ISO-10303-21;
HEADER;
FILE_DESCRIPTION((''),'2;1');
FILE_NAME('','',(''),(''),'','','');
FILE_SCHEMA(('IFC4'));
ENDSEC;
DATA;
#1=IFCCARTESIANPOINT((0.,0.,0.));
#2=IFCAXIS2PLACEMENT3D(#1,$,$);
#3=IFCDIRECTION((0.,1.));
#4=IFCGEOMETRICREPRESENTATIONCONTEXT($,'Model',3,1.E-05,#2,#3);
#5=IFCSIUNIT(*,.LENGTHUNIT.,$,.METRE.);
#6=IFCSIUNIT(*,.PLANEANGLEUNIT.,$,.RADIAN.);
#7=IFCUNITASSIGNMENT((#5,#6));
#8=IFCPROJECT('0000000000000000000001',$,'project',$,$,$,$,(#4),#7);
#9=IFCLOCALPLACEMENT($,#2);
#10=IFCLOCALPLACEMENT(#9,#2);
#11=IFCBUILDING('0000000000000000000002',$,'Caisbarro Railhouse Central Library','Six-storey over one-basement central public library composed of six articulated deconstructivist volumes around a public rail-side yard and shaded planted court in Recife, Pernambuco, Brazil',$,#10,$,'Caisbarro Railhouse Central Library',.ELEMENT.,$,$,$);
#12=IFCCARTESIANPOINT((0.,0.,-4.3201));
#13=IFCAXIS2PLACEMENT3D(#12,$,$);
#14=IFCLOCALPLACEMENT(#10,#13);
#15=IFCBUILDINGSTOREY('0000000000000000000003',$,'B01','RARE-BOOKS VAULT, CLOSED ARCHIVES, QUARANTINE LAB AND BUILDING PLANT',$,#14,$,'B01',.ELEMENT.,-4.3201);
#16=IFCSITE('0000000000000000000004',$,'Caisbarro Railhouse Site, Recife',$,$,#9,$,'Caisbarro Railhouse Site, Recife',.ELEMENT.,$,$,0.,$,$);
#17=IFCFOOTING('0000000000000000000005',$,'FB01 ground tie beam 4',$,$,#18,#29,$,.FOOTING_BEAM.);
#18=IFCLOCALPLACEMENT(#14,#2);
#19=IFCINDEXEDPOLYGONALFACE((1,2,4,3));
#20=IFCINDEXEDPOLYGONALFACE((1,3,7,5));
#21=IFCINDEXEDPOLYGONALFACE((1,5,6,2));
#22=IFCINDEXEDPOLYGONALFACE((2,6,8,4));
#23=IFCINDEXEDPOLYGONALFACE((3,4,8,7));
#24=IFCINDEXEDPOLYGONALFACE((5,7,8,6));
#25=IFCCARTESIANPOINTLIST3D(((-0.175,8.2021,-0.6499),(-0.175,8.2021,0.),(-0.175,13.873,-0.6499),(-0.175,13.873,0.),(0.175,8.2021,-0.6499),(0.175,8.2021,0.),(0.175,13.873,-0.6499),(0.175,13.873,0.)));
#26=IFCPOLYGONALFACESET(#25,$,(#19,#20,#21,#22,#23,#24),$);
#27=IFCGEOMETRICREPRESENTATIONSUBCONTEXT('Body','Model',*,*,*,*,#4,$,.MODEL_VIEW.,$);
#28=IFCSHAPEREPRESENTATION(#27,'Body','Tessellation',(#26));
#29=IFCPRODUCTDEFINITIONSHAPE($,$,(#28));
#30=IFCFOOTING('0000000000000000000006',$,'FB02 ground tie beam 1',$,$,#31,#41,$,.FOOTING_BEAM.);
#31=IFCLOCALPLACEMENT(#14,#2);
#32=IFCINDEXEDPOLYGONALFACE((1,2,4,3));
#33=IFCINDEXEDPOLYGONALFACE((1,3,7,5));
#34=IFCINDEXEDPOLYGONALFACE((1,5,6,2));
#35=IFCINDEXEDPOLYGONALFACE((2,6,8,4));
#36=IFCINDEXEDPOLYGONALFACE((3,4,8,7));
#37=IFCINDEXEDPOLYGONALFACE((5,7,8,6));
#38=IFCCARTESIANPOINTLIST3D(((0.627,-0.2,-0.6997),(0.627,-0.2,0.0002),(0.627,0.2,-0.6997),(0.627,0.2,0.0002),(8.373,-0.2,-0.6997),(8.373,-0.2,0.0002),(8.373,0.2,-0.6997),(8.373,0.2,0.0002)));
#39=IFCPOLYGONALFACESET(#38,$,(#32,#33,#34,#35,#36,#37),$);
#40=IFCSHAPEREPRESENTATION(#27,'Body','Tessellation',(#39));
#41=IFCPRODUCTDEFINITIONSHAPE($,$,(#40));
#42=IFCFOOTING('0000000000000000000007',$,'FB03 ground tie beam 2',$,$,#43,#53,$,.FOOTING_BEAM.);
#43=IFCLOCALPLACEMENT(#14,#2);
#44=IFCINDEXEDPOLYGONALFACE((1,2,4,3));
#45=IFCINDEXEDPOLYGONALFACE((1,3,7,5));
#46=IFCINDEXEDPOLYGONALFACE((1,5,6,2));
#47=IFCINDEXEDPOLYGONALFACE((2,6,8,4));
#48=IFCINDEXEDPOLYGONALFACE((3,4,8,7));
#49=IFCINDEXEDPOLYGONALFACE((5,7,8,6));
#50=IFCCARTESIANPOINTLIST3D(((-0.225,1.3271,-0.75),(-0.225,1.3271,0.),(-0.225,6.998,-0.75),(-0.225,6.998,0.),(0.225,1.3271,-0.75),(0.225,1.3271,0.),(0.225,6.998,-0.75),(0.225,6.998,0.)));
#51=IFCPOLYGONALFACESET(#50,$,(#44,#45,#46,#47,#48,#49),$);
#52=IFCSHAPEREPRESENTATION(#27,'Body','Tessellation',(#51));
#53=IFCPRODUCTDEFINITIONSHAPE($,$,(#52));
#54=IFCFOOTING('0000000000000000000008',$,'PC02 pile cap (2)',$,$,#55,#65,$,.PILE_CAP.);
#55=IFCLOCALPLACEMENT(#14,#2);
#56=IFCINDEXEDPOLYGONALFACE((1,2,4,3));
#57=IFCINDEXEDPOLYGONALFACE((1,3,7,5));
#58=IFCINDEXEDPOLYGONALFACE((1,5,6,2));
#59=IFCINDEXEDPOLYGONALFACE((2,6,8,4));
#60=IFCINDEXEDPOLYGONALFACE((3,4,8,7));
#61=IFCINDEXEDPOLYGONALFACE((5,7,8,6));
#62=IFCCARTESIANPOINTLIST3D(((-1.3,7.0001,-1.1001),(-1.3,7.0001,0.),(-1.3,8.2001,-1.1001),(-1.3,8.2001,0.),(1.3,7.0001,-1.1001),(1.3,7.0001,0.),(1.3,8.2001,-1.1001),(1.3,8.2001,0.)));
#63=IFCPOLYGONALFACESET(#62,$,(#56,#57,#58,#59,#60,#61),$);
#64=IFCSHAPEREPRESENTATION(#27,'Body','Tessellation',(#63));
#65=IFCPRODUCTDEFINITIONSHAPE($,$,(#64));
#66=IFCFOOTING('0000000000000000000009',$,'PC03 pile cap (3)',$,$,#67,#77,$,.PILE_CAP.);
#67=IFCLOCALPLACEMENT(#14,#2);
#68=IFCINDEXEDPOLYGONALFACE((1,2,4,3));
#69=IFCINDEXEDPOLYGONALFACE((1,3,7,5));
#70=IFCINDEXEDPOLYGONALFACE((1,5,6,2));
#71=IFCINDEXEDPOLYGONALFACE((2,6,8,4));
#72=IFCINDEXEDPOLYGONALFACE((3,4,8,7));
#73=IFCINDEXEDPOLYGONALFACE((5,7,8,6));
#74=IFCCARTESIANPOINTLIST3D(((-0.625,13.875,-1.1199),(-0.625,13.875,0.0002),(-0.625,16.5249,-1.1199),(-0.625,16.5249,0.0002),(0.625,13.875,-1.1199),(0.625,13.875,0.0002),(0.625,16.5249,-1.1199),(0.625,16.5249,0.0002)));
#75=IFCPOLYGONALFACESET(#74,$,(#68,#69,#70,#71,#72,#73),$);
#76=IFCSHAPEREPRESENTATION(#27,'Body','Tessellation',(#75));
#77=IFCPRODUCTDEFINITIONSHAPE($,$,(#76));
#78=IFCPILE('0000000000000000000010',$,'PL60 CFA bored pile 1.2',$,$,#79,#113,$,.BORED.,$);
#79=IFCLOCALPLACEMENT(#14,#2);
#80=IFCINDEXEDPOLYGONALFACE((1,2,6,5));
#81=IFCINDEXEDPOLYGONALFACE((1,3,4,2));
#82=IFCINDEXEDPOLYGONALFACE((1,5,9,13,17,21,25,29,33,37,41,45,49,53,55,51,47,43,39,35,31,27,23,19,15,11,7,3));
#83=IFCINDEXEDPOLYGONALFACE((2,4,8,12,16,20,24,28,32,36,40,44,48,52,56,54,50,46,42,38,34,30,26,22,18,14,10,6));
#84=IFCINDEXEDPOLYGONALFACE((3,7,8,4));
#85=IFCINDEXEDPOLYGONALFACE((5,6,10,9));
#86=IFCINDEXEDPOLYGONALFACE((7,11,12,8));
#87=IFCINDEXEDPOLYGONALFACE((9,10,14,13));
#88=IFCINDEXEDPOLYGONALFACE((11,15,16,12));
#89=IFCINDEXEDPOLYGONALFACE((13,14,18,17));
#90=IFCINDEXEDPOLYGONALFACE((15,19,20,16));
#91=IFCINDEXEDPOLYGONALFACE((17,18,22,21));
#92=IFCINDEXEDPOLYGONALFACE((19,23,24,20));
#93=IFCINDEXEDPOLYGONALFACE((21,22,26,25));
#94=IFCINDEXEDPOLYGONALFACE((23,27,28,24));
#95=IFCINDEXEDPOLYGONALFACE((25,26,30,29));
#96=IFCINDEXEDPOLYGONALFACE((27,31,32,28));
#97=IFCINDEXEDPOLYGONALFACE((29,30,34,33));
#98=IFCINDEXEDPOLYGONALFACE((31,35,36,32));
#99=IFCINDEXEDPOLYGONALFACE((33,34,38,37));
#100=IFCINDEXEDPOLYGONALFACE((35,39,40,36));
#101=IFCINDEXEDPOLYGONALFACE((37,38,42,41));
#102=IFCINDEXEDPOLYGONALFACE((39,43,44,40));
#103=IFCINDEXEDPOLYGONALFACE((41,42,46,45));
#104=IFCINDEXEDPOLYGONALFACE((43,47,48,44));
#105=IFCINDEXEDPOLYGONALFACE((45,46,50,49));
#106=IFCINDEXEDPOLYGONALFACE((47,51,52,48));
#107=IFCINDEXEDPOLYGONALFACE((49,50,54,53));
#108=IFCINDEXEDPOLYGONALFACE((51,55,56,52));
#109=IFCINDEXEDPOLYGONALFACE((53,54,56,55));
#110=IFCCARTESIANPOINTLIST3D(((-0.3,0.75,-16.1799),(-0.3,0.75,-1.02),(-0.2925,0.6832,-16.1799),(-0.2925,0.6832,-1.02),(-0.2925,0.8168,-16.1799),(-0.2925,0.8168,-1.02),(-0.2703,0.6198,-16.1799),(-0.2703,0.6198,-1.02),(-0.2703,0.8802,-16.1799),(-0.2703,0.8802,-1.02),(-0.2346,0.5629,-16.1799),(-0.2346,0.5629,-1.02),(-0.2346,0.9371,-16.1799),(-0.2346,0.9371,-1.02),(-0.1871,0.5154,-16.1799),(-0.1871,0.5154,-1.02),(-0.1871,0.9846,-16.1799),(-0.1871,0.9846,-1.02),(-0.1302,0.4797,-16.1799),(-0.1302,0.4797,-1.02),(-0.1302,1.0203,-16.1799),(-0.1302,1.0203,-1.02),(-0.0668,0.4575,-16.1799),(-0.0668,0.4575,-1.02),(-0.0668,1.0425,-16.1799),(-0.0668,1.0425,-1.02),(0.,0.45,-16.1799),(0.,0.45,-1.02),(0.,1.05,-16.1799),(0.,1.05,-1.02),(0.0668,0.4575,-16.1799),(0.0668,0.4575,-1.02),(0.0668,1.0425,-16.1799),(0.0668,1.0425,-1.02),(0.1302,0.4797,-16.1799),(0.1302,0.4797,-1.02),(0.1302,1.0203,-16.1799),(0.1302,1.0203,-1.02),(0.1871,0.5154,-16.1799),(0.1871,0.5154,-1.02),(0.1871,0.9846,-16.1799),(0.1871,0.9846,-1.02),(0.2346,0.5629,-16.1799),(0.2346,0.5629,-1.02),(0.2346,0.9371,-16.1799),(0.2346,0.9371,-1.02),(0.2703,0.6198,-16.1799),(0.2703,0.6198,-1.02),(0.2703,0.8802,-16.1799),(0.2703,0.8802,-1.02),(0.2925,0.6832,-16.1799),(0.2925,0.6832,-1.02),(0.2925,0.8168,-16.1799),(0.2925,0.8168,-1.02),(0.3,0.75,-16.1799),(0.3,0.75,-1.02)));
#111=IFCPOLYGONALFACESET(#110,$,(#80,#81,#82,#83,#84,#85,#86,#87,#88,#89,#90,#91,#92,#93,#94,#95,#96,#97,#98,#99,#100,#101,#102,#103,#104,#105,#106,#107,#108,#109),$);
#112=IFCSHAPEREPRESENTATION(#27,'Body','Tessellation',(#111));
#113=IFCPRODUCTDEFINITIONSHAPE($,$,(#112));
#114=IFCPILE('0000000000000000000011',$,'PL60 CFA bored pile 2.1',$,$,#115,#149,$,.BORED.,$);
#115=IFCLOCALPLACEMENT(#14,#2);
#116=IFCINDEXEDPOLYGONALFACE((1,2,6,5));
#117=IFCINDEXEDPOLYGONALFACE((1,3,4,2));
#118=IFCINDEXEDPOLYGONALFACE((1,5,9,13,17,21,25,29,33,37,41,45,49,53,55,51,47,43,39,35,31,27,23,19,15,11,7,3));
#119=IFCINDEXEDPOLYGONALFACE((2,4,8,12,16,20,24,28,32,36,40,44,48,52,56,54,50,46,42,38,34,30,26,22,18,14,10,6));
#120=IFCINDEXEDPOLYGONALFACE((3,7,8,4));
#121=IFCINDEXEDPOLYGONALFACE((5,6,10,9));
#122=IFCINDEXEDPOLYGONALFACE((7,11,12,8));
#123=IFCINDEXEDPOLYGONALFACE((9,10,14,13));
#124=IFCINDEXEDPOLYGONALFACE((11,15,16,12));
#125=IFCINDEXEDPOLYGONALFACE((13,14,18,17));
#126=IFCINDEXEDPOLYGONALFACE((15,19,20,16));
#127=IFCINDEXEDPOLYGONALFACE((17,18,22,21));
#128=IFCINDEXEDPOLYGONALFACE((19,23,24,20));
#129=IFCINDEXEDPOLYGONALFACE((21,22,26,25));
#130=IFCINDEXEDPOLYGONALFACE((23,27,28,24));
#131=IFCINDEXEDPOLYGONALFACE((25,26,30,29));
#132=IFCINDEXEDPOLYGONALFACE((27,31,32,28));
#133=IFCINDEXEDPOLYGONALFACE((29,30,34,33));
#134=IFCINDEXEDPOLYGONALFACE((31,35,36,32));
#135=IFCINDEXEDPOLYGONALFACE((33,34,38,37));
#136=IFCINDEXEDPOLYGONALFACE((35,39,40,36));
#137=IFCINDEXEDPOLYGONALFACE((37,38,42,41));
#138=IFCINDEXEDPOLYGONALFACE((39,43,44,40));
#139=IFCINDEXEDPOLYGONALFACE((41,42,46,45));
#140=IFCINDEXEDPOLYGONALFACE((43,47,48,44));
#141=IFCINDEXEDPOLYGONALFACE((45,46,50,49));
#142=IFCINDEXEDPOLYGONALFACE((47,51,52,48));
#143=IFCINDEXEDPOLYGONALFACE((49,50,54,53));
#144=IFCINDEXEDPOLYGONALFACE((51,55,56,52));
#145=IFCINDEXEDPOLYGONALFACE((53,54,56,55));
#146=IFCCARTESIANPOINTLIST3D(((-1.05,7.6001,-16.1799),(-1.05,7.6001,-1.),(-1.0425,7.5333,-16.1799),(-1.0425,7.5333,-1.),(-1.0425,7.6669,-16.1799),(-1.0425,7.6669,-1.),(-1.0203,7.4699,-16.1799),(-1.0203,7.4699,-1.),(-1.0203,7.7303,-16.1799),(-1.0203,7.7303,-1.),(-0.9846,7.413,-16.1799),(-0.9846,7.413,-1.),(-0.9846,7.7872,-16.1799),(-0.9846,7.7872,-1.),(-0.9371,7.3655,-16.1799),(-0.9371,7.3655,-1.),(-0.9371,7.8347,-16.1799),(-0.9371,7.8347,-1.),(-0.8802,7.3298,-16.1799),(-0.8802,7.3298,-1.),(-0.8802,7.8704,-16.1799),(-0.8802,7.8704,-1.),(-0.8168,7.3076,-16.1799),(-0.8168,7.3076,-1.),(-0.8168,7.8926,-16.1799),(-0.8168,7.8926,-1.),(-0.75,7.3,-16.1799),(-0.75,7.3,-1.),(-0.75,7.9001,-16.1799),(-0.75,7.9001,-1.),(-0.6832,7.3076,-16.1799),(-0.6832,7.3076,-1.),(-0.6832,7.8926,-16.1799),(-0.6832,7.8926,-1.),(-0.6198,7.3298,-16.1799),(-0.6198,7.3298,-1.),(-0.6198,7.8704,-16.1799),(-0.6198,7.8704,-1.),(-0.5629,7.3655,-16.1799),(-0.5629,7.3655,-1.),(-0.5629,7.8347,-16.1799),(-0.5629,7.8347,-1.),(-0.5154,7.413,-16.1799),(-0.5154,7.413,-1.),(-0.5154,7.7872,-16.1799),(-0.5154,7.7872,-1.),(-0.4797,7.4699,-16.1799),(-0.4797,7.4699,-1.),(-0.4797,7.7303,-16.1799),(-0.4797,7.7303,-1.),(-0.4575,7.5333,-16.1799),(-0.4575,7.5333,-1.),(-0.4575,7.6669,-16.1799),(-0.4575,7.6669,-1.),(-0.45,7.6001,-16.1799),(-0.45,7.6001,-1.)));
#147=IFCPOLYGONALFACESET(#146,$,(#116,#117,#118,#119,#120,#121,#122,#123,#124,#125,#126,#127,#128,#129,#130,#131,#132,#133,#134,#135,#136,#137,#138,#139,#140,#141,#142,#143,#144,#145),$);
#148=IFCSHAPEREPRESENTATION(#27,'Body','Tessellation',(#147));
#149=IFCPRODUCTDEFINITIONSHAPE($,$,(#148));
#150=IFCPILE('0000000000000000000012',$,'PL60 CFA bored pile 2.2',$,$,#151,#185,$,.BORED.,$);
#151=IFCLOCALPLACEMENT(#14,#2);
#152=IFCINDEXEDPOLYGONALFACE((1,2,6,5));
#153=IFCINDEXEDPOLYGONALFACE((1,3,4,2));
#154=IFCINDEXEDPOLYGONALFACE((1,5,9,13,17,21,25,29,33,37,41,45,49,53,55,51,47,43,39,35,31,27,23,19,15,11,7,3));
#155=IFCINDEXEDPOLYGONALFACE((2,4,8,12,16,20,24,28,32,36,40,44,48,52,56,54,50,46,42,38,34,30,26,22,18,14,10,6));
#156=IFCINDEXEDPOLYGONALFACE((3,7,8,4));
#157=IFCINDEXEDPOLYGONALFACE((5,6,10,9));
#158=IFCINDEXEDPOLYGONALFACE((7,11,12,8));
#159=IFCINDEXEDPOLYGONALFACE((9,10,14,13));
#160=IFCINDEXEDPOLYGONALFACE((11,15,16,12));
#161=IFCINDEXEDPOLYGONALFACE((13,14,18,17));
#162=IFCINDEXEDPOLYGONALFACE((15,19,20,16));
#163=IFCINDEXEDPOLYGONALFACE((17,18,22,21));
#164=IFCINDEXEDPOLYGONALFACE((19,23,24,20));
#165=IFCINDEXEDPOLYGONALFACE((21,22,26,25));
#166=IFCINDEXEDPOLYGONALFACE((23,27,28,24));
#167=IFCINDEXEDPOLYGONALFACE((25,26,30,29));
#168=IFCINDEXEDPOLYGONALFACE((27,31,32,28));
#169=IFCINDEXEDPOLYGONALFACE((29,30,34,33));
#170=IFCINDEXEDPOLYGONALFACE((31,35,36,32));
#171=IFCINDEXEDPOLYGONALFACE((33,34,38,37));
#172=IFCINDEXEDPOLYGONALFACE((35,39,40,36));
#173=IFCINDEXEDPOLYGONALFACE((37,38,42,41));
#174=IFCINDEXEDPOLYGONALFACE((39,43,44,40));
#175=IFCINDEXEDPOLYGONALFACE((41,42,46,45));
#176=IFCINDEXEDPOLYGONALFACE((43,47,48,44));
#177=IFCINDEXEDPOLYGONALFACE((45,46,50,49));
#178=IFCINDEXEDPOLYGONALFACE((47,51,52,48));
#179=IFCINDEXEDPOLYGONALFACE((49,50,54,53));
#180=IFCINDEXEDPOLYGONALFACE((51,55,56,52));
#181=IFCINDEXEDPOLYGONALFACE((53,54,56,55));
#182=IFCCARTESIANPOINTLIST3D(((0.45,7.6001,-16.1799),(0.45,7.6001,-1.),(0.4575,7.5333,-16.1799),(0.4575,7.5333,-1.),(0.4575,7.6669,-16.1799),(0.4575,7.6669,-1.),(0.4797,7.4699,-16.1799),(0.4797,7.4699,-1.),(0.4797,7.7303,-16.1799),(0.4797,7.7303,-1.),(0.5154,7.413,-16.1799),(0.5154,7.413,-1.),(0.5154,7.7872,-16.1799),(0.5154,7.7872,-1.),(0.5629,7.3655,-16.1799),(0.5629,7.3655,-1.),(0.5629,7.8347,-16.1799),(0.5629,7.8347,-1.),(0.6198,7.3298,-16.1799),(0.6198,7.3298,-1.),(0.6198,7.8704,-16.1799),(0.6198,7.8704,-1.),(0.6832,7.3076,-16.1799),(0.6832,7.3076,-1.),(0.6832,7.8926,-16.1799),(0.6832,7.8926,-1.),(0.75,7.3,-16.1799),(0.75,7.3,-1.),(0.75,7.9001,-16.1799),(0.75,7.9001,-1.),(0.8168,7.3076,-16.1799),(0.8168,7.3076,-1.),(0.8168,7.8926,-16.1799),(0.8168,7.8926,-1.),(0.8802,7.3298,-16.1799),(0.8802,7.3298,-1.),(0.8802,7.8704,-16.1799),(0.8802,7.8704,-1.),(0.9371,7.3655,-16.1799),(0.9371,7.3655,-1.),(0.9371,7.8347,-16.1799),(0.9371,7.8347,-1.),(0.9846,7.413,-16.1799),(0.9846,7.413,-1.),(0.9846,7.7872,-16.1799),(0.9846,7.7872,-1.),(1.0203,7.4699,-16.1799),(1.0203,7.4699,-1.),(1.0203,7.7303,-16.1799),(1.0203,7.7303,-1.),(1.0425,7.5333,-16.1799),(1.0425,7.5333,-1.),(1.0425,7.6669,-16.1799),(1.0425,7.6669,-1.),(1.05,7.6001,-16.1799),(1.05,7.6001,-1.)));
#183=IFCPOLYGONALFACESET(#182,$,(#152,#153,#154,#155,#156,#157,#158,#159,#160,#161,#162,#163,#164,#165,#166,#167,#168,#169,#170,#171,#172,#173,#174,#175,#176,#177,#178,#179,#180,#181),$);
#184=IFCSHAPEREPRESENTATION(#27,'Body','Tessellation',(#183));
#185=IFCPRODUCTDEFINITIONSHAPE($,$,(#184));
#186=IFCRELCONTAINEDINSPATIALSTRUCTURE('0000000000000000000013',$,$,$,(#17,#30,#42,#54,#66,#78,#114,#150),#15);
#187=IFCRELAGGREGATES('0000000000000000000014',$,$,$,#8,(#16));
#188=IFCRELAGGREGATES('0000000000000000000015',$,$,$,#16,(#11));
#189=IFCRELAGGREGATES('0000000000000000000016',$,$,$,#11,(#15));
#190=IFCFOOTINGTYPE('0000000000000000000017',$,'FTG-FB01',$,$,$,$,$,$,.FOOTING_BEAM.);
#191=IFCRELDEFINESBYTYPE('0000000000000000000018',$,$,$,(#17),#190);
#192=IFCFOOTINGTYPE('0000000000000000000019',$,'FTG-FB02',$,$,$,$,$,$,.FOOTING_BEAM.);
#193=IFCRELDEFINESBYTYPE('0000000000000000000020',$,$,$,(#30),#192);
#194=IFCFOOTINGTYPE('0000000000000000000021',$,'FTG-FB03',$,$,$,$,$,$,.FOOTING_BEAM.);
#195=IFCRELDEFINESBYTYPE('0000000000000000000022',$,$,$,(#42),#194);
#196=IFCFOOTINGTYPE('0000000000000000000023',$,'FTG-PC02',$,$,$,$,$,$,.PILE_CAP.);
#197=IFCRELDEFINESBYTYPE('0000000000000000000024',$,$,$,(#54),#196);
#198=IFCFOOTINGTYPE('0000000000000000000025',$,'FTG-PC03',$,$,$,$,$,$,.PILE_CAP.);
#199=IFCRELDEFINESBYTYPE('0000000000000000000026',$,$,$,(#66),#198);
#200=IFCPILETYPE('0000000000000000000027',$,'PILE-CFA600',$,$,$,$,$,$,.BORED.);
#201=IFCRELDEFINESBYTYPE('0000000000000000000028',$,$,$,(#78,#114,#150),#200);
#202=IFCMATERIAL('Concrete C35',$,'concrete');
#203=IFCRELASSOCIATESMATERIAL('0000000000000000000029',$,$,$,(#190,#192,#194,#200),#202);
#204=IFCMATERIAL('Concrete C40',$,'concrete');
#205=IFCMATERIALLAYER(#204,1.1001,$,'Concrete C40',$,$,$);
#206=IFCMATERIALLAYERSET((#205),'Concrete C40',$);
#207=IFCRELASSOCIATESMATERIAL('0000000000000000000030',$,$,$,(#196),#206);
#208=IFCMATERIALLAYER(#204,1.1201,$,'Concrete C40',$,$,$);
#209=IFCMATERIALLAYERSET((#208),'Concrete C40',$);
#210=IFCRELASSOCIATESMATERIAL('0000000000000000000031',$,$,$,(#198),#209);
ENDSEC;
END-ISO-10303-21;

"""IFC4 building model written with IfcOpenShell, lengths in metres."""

from ifc_helpers import new_model, si_unit, direction, frame, origin, origin_2d, place, context, subcontext, project, spatial, rectangle, circle, extrude, material, layer, layer_set, material_profile, profile_set, type_object, element, save


model = new_model("IFC4")

# Units and contexts
model_context = context("Model", 3, precision=1e-05, world=origin(), true_north=direction((0.0, 1.0)))
body_context = subcontext(model_context, "Body", "Model", "MODEL_VIEW")
ifc_project = project(units=[si_unit("LENGTHUNIT", "METRE"), si_unit("PLANEANGLEUNIT", "RADIAN")], contexts=[model_context])

# Site, building, storey
site_placement = place(None, origin())
site = spatial("IfcSite", under=ifc_project, at=site_placement, Name="Caisbarro Railhouse Site, Recife", LongName="Caisbarro Railhouse Site, Recife", CompositionType="ELEMENT", RefElevation=0.0)
building_placement = place(site_placement, origin())
building = spatial("IfcBuilding", under=site, at=building_placement, Name="Caisbarro Railhouse Central Library", Description="Six-storey over one-basement central public library composed of six articulated deconstructivist volumes around a public rail-side yard and shaded planted court in Recife, Pernambuco, Brazil", LongName="Caisbarro Railhouse Central Library", CompositionType="ELEMENT")
storey_placement = place(building_placement, frame((0.0, 0.0, -4.3201)))
storey = spatial("IfcBuildingStorey", under=building, at=storey_placement, Name="B01", Description="RARE-BOOKS VAULT, CLOSED ARCHIVES, QUARANTINE LAB AND BUILDING PLANT", LongName="B01", CompositionType="ELEMENT", Elevation=-4.3201)

# Footings
ifc_material_1 = material(Name="Concrete C35", Category="concrete")
footing_type_1 = type_object("IfcFootingType", Name="FTG-FB01", PredefinedType="FOOTING_BEAM", material=ifc_material_1)
footing_1_placement = place(storey_placement, frame((0.0, 11.0376, -0.6499), z_axis=(0.0, 0.0, 1.0), x_axis=(0.0, 1.0, 0.0)))
element("IfcFooting", 1, at=footing_1_placement, inside=storey, type_object=footing_type_1, Name="FB01 ground tie beam 4", PredefinedType="FOOTING_BEAM", context=body_context, shape_type="SweptSolid", body=[
    extrude(rectangle(XDim=5.6709, YDim=0.3501, at=origin_2d()), origin(), (0.0, 0.0, 1.0), 0.6499),
])
footing_type_2 = type_object("IfcFootingType", Name="FTG-FB02", PredefinedType="FOOTING_BEAM", material=ifc_material_1)
footing_2_placement = place(storey_placement, frame((4.5, 0.0, -0.6997), z_axis=(0.0, 0.0, 1.0), x_axis=(1.0, 0.0, 0.0)))
element("IfcFooting", 2, at=footing_2_placement, inside=storey, type_object=footing_type_2, Name="FB02 ground tie beam 1", PredefinedType="FOOTING_BEAM", context=body_context, shape_type="SweptSolid", body=[
    extrude(rectangle(XDim=7.7461, YDim=0.3999, at=origin_2d()), origin(), (0.0, 0.0, 1.0), 0.7),
])
footing_type_3 = type_object("IfcFootingType", Name="FTG-FB03", PredefinedType="FOOTING_BEAM", material=ifc_material_1)
footing_3_placement = place(storey_placement, frame((0.0, 4.1626, -0.75), z_axis=(0.0, 0.0, 1.0), x_axis=(0.0, 1.0, 0.0)))
element("IfcFooting", 3, at=footing_3_placement, inside=storey, type_object=footing_type_3, Name="FB03 ground tie beam 2", PredefinedType="FOOTING_BEAM", context=body_context, shape_type="SweptSolid", body=[
    extrude(rectangle(XDim=5.6709, YDim=0.45, at=origin_2d()), origin(), (0.0, 0.0, 1.0), 0.75),
])
ifc_material_2 = material(Name="Concrete C40", Category="concrete")
ifc_layer_1 = layer(ifc_material_2, 1.1001, Name="Concrete C40")
ifc_layer_set_1 = layer_set([ifc_layer_1], Name="Concrete C40")
footing_type_4 = type_object("IfcFootingType", Name="FTG-PC02", PredefinedType="PILE_CAP", material=ifc_layer_set_1)
footing_4_placement = place(storey_placement, frame((0.0, 7.6001, -1.1001), z_axis=(0.0, 0.0, 1.0), x_axis=(1.0, 0.0, 0.0)))
element("IfcFooting", 4, at=footing_4_placement, inside=storey, type_object=footing_type_4, Name="PC02 pile cap (2)", PredefinedType="PILE_CAP", context=body_context, shape_type="SweptSolid", body=[
    extrude(rectangle(XDim=2.6001, YDim=1.2, at=origin_2d()), origin(), (0.0, 0.0, 1.0), 1.1001),
])
ifc_layer_2 = layer(ifc_material_2, 1.1201, Name="Concrete C40")
ifc_layer_set_2 = layer_set([ifc_layer_2], Name="Concrete C40")
footing_type_5 = type_object("IfcFootingType", Name="FTG-PC03", PredefinedType="PILE_CAP", material=ifc_layer_set_2)
footing_5_placement = place(storey_placement, frame((0.0, 15.2, -1.1199), z_axis=(0.0, 0.0, 1.0), x_axis=(1.0, 0.0, 0.0)))
element("IfcFooting", 5, at=footing_5_placement, inside=storey, type_object=footing_type_5, Name="PC03 pile cap (3)", PredefinedType="PILE_CAP", context=body_context, shape_type="SweptSolid", body=[
    extrude(rectangle(XDim=1.25, YDim=2.6499, at=origin_2d()), origin(), (0.0, 0.0, 1.0), 1.1201),
])

# Piles
ifc_material_profile_1 = material_profile(ifc_material_1, circle(Radius=0.3, at=origin_2d()), Name="PILE-CFA-600")
ifc_profile_set_1 = profile_set([ifc_material_profile_1], Name="Concrete C35")
pile_type = type_object("IfcPileType", Name="PILE-CFA600", PredefinedType="BORED", material=ifc_profile_set_1)
pile_1_placement = place(storey_placement, frame((0.0, 0.75, -1.02), z_axis=(0.0, 0.0, -1.0), x_axis=(1.0, 0.0, 0.0)))
element("IfcPile", 6, at=pile_1_placement, inside=storey, type_object=pile_type, Name="PL60 CFA bored pile 1.2", PredefinedType="BORED", context=body_context, shape_type="SweptSolid", body=[
    extrude(circle(Radius=0.3, at=origin_2d()), origin(), (0.0, 0.0, 1.0), 15.1599),
])
for number, where, z_axis, x_axis, name in (
    (7, (-0.75, 7.6001, -1.0), (0.0, 0.0, -1.0), (1.0, 0.0, 0.0), "PL60 CFA bored pile 2.1"),
    (8, (0.75, 7.6001, -1.0), (0.0, 0.0, -1.0), (1.0, 0.0, 0.0), "PL60 CFA bored pile 2.2"),
):
    element("IfcPile", number, at=place(storey_placement, frame(where, z_axis=z_axis, x_axis=x_axis)), inside=storey, type_object=pile_type, Name=name, PredefinedType="BORED", context=body_context, shape_type="SweptSolid", body=[
        extrude(circle(Radius=0.3, at=origin_2d()), origin(), (0.0, 0.0, 1.0), 15.1799),
    ])

save(model, "model.ifc")
